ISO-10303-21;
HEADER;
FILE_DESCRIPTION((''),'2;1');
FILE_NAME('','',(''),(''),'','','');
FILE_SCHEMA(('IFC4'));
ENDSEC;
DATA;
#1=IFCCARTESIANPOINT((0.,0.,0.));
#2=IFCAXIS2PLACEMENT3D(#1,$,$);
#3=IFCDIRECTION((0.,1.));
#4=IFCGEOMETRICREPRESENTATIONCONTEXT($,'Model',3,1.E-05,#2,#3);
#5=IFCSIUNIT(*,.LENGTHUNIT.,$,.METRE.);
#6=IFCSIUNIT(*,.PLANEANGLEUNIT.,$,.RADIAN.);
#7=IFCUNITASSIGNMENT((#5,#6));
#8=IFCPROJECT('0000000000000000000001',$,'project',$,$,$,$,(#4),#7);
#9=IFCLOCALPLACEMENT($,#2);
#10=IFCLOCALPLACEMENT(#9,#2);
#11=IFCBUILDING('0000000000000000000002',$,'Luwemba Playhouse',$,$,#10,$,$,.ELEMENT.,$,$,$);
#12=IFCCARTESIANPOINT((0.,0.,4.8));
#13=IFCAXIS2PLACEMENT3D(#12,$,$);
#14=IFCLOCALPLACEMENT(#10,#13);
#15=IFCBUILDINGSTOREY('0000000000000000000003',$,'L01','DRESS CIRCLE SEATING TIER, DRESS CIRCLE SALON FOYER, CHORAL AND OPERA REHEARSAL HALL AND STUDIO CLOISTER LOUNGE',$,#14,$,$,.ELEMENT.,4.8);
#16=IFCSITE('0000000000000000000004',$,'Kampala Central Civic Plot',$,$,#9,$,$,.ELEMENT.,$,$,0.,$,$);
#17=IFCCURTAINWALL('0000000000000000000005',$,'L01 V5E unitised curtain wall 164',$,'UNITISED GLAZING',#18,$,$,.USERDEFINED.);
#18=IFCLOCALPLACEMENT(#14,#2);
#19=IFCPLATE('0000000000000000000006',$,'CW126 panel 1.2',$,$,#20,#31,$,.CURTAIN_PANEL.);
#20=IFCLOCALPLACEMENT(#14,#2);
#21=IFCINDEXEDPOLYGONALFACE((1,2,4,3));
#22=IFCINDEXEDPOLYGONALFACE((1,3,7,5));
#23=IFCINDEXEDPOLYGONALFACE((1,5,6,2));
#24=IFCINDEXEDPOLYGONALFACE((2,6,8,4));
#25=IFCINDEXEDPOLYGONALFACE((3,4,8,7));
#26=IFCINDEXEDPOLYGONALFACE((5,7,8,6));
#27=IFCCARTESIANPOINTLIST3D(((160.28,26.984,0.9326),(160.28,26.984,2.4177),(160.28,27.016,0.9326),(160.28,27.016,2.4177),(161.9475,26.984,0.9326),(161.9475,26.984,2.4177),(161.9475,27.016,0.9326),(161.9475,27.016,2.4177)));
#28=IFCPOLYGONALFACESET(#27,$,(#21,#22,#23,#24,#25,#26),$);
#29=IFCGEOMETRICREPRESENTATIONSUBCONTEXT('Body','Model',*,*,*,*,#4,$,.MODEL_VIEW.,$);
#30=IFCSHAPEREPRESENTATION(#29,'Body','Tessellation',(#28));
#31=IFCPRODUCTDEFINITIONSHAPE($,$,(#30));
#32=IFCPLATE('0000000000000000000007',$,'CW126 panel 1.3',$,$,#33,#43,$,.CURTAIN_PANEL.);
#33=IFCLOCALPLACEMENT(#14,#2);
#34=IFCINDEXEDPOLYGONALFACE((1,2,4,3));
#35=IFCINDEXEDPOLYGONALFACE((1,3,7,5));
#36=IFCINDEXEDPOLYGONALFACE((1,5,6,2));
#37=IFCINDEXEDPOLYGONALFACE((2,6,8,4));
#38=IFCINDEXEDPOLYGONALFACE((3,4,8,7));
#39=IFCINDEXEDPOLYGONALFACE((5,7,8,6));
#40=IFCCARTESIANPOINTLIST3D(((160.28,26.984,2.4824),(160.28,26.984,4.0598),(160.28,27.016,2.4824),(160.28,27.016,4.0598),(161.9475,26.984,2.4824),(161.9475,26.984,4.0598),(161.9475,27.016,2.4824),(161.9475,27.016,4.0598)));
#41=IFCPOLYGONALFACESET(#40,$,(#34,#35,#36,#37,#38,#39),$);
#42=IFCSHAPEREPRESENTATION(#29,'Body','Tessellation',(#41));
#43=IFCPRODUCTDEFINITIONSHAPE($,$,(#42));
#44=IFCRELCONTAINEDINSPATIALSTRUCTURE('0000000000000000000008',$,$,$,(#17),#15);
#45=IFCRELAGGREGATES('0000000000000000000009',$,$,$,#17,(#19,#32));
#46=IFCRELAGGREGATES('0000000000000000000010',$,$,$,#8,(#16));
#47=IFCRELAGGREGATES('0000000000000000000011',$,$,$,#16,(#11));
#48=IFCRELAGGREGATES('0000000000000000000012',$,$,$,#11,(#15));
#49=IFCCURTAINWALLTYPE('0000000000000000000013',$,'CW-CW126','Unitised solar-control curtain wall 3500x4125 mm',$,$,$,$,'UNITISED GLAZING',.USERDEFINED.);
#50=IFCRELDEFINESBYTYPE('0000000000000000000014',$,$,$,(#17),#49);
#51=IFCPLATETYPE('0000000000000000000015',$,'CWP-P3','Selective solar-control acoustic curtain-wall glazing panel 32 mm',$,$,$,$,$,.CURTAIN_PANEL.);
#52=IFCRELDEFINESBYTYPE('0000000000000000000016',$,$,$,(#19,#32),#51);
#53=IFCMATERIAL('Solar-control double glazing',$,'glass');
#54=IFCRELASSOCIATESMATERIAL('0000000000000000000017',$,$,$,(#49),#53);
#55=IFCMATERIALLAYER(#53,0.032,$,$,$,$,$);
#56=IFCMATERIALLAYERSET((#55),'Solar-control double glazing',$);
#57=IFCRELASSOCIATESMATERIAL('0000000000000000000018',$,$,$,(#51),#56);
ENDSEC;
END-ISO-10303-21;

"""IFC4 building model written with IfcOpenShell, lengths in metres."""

from ifc_helpers import new_model, si_unit, direction, frame, origin, origin_2d, place, context, subcontext, project, spatial, rectangle, extrude, material, layer, layer_set, type_object, element, aggregate, save


model = new_model("IFC4")

# Units and contexts
model_context = context("Model", 3, precision=1e-05, world=origin(), true_north=direction((0.0, 1.0)))
body_context = subcontext(model_context, "Body", "Model", "MODEL_VIEW")
ifc_project = project(units=[si_unit("LENGTHUNIT", "METRE"), si_unit("PLANEANGLEUNIT", "RADIAN")], contexts=[model_context])

# Site, building, storey
site_placement = place(None, origin())
site = spatial("IfcSite", under=ifc_project, at=site_placement, Name="Kampala Central Civic Plot", CompositionType="ELEMENT", RefElevation=0.0)
building_placement = place(site_placement, origin())
building = spatial("IfcBuilding", under=site, at=building_placement, Name="Luwemba Playhouse", CompositionType="ELEMENT")
storey_placement = place(building_placement, frame((0.0, 0.0, 4.8)))
storey = spatial("IfcBuildingStorey", under=building, at=storey_placement, Name="L01", Description="DRESS CIRCLE SEATING TIER, DRESS CIRCLE SALON FOYER, CHORAL AND OPERA REHEARSAL HALL AND STUDIO CLOISTER LOUNGE", CompositionType="ELEMENT", Elevation=4.8)

# Shared definitions
ifc_material_1 = material(Name="Solar-control double glazing", Category="glass")

# Curtain wall
curtain_wall_type_1 = type_object("IfcCurtainWallType", Name="CW-CW126", Description="Unitised solar-control curtain wall 3500x4125 mm", ElementType="UNITISED GLAZING", PredefinedType="USERDEFINED", material=ifc_material_1)
curtain_wall_1_placement = place(storey_placement, origin())
curtain_wall_1 = element("IfcCurtainWall", 1, at=curtain_wall_1_placement, inside=storey, type_object=curtain_wall_type_1, Name="L01 V5E unitised curtain wall 164", ObjectType="UNITISED GLAZING", PredefinedType="USERDEFINED")

# Plates
ifc_layer_1 = layer(ifc_material_1, 0.032)
ifc_layer_set_1 = layer_set([ifc_layer_1], Name="Solar-control double glazing")
plate_type_1 = type_object("IfcPlateType", Name="CWP-P3", Description="Selective solar-control acoustic curtain-wall glazing panel 32 mm", PredefinedType="CURTAIN_PANEL", material=ifc_layer_set_1)
plate_1_placement = place(storey_placement, frame((161.1138, 27.0, 0.9326), z_axis=(0.0, 0.0, 1.0), x_axis=(1.0, 0.0, 0.0)))
plate_1 = element("IfcPlate", 2, at=plate_1_placement, type_object=plate_type_1, Name="CW126 panel 1.2", PredefinedType="CURTAIN_PANEL", context=body_context, shape_type="SweptSolid", body=[
    extrude(rectangle(XDim=1.6675, YDim=0.032, at=origin_2d()), origin(), (0.0, 0.0, 1.0), 1.4851),
])
plate_2_placement = place(storey_placement, frame((161.1138, 27.0, 2.4824), z_axis=(0.0, 0.0, 1.0), x_axis=(1.0, 0.0, 0.0)))
plate_2 = element("IfcPlate", 3, at=plate_2_placement, type_object=plate_type_1, Name="CW126 panel 1.3", PredefinedType="CURTAIN_PANEL", context=body_context, shape_type="SweptSolid", body=[
    extrude(rectangle(XDim=1.6675, YDim=0.032, at=origin_2d()), origin(), (0.0, 0.0, 1.0), 1.5774),
])
aggregate(curtain_wall_1, [plate_1, plate_2])

save(model, "model.ifc")
